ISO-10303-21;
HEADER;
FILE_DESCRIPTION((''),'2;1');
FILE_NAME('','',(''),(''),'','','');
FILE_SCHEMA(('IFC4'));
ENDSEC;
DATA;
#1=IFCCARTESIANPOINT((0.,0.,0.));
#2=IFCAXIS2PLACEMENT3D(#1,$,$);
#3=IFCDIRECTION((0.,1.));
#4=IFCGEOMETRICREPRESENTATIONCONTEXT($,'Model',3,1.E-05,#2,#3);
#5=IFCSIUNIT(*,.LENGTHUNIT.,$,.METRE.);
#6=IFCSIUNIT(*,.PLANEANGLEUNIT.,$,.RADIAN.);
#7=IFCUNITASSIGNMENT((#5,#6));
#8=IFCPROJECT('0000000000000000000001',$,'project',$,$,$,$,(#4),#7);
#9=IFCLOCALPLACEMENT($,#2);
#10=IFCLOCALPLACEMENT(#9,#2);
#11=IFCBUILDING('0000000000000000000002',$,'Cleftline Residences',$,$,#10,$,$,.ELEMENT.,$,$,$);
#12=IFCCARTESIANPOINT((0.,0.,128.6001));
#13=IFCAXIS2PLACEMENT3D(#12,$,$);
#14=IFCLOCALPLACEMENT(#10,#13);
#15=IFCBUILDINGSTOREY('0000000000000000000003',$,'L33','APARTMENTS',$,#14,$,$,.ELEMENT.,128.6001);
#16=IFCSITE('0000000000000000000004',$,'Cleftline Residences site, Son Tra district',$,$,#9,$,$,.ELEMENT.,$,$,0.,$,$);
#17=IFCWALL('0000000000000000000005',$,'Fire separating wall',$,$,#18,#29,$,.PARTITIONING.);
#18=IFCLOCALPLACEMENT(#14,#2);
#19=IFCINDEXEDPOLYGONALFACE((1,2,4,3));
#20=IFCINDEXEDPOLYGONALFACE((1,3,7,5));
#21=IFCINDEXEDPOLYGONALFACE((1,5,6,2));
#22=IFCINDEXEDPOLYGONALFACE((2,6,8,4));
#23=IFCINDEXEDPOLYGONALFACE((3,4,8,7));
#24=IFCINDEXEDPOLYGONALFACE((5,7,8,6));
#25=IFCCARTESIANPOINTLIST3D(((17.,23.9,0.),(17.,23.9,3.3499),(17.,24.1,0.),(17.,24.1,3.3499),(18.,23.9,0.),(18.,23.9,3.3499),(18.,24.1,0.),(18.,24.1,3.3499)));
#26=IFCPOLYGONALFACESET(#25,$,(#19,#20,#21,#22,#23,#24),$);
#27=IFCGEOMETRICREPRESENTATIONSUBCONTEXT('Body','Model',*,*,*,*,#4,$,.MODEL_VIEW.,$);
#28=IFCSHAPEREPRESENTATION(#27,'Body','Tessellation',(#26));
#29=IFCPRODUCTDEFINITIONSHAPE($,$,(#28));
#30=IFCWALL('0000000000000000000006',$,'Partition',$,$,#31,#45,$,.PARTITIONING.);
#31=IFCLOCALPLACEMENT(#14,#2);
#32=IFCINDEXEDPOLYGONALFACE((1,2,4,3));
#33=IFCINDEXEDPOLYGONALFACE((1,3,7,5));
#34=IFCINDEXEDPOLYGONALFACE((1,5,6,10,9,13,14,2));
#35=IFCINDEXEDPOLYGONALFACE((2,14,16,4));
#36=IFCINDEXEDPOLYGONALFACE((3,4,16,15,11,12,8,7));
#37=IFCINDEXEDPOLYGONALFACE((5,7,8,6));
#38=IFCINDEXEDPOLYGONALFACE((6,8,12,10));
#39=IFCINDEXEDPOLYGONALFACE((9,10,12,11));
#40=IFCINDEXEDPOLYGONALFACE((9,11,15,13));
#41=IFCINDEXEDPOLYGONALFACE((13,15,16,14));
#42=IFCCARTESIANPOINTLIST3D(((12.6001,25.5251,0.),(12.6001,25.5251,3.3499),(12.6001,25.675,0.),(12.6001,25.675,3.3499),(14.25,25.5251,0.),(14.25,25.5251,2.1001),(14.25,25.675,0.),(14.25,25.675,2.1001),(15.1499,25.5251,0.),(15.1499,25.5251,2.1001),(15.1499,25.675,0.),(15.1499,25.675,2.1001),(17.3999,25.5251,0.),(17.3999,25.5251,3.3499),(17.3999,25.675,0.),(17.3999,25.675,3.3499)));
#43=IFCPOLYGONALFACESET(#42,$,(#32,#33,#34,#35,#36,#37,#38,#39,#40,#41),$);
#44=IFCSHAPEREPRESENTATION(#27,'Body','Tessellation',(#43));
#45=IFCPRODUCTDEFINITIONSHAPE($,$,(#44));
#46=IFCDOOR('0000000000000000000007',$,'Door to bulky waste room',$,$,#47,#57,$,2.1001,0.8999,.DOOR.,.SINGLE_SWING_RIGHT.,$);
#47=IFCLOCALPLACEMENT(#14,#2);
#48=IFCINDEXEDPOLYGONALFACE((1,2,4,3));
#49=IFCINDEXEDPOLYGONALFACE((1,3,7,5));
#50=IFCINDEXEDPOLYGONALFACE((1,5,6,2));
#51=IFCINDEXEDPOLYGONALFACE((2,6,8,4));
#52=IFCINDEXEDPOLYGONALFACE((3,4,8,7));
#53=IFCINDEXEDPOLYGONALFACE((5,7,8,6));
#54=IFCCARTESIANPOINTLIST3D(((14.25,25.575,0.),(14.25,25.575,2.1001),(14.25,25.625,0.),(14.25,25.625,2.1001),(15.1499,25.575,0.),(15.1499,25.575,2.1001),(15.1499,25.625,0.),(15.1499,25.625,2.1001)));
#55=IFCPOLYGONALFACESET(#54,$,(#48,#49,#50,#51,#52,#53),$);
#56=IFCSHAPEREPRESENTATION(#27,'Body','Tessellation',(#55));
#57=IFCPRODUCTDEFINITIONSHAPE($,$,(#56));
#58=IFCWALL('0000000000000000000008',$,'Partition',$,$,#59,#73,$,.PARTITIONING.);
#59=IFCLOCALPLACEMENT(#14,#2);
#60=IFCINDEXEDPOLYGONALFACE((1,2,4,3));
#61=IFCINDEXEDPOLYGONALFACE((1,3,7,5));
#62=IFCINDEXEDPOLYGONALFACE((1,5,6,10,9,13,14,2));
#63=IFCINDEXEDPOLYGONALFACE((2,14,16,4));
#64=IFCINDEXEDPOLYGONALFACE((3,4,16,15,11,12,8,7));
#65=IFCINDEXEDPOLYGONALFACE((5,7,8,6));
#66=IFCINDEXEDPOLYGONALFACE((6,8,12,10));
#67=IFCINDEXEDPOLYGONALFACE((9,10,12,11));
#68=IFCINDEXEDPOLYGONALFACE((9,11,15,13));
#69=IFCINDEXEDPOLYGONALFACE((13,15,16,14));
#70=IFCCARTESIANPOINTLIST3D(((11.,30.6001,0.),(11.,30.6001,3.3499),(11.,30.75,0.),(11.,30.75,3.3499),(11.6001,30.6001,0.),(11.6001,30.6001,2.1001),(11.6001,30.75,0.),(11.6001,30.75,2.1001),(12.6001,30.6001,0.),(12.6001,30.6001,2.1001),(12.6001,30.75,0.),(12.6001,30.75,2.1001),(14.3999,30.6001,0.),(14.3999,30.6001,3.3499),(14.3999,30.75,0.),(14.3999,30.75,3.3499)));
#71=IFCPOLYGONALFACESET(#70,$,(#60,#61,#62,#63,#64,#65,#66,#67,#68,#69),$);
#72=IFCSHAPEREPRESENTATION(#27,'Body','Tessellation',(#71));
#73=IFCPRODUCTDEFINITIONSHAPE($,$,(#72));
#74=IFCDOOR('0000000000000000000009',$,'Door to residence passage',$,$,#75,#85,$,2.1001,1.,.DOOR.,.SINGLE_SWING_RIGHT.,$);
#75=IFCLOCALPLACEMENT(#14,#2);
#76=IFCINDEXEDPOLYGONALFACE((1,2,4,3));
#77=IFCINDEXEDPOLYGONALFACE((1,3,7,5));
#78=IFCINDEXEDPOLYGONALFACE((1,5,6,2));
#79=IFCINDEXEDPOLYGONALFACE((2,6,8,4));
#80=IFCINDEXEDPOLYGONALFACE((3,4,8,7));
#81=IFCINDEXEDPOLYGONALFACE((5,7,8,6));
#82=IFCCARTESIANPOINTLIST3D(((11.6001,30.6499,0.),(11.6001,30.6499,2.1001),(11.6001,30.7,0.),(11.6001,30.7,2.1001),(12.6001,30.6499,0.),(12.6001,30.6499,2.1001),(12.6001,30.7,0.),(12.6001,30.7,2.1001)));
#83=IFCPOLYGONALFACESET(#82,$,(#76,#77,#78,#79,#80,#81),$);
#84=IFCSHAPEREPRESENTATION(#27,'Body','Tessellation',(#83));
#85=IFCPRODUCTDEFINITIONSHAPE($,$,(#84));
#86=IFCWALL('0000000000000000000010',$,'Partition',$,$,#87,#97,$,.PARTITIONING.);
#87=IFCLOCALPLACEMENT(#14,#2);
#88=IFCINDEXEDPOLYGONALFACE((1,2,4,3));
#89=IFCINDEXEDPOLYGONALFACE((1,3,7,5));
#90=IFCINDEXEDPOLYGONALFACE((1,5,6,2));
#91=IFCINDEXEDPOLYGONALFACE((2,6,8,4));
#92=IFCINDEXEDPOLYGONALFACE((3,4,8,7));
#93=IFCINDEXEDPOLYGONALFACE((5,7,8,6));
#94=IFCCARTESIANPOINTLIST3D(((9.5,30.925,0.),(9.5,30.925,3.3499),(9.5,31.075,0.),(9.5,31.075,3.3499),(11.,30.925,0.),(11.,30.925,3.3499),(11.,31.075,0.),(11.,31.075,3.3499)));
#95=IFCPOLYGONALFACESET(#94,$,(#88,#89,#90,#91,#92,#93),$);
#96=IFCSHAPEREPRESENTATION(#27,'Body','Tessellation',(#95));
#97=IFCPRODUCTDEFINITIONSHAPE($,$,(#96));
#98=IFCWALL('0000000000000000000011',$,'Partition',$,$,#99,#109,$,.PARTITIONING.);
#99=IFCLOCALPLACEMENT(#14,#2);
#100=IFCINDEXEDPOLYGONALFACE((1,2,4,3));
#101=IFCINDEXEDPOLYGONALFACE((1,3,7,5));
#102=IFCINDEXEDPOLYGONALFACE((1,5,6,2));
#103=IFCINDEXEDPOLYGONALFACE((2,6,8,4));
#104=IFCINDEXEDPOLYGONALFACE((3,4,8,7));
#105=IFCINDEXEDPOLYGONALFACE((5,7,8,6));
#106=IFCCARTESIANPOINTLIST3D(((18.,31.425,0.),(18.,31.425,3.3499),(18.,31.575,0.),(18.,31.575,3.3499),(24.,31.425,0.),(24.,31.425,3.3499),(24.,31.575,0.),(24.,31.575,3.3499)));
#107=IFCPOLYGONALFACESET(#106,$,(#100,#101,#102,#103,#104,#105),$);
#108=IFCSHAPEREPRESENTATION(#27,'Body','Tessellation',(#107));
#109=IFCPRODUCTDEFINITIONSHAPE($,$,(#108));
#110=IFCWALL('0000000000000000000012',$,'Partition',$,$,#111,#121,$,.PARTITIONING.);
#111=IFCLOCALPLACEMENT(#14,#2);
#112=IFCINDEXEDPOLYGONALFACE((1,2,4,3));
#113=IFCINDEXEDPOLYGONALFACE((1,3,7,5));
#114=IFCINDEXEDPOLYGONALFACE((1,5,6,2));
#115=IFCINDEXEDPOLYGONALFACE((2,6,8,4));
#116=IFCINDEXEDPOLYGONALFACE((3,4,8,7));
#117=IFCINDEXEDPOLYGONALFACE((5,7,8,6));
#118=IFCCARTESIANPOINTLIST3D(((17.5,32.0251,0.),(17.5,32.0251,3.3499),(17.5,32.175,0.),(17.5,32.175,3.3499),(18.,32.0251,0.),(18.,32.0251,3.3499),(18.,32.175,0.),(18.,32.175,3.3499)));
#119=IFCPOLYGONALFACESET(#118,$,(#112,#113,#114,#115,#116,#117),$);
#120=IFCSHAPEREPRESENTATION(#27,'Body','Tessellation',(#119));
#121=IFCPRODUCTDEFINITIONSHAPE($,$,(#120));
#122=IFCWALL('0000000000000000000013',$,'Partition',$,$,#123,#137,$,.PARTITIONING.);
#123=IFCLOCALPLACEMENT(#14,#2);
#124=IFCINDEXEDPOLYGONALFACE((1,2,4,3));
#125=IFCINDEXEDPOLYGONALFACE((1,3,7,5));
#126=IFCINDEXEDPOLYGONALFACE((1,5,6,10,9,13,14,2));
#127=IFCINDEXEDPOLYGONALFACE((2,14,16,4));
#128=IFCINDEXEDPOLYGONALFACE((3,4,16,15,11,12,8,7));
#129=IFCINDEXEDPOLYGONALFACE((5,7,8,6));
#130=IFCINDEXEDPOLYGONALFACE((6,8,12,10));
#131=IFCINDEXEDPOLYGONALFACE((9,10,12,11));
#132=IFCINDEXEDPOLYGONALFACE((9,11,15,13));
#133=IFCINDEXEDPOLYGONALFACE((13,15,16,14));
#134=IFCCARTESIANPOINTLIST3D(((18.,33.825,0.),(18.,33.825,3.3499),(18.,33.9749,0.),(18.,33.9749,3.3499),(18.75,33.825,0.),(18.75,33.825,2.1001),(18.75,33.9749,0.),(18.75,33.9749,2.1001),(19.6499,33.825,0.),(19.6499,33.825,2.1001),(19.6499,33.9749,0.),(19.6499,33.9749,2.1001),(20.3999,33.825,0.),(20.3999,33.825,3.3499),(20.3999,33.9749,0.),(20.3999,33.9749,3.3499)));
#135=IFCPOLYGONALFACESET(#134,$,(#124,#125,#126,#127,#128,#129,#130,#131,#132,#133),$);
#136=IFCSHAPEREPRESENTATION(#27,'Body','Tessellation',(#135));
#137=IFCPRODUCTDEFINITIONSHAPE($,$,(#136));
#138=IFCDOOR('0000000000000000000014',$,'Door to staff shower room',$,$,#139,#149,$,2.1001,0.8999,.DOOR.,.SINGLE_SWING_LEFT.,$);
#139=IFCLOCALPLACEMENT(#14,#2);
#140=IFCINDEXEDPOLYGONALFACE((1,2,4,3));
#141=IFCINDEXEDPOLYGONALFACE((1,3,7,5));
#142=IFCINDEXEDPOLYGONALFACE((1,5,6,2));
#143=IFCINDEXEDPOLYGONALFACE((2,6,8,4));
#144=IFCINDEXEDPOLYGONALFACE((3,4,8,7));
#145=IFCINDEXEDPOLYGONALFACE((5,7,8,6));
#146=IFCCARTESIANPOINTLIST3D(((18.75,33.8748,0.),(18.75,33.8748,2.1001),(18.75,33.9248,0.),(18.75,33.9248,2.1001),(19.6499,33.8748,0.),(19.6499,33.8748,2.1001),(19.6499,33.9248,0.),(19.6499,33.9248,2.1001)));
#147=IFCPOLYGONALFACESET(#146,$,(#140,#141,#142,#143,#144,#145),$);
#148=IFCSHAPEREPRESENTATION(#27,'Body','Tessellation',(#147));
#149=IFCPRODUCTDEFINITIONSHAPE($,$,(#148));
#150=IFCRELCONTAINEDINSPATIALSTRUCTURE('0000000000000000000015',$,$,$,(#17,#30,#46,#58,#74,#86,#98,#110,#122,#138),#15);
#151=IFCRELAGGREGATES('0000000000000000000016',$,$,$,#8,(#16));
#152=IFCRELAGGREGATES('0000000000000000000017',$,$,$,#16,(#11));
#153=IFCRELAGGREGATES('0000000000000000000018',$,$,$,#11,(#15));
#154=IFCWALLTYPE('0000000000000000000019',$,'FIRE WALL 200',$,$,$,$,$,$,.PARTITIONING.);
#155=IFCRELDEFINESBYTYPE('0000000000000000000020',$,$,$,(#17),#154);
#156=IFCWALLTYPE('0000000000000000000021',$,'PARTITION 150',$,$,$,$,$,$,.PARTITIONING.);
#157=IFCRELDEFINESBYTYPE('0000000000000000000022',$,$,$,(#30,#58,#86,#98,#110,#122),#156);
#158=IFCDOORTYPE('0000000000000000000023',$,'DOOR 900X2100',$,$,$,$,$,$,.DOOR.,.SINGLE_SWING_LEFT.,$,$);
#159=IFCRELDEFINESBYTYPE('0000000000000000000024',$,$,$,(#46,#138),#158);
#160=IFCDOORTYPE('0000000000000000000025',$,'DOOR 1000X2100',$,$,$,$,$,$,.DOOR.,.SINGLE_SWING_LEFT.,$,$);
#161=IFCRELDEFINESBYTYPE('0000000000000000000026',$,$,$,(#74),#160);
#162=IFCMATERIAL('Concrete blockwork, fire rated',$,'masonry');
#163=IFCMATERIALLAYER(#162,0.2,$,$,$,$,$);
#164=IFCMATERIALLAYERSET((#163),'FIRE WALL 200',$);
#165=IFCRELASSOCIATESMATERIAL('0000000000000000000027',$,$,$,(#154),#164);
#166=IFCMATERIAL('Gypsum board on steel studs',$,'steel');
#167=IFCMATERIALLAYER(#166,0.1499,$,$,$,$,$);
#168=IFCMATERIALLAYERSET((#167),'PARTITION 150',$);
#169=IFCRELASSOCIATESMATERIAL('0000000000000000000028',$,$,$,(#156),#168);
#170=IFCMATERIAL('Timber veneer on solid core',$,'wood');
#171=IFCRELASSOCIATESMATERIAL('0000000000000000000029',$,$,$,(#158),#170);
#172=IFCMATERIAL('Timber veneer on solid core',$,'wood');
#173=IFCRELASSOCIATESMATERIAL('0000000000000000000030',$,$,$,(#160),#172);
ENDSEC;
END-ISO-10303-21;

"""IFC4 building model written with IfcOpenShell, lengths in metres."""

from ifc_helpers import new_model, si_unit, direction, frame, frame_2d, origin, place, context, subcontext, project, spatial, rectangle, extrude, material, layer, layer_set, type_object, element, fill, save


model = new_model("IFC4")

# Units and contexts
model_context = context("Model", 3, precision=1e-05, world=origin(), true_north=direction((0.0, 1.0)))
body_context = subcontext(model_context, "Body", "Model", "MODEL_VIEW")
ifc_project = project(units=[si_unit("LENGTHUNIT", "METRE"), si_unit("PLANEANGLEUNIT", "RADIAN")], contexts=[model_context])

# Site, building, storey
site_placement = place(None, origin())
site = spatial("IfcSite", under=ifc_project, at=site_placement, Name="Cleftline Residences site, Son Tra district", CompositionType="ELEMENT", RefElevation=0.0)
building_placement = place(site_placement, origin())
building = spatial("IfcBuilding", under=site, at=building_placement, Name="Cleftline Residences", CompositionType="ELEMENT")
storey_placement = place(building_placement, frame((0.0, 0.0, 128.6001)))
storey = spatial("IfcBuildingStorey", under=building, at=storey_placement, Name="L33", Description="APARTMENTS", CompositionType="ELEMENT", Elevation=128.6001)

# Wall
ifc_material_1 = material(Name="Concrete blockwork, fire rated", Category="masonry")
ifc_layer_1 = layer(ifc_material_1, 0.2)
ifc_layer_set_1 = layer_set([ifc_layer_1], Name="FIRE WALL 200")
wall_type_1 = type_object("IfcWallType", Name="FIRE WALL 200", PredefinedType="PARTITIONING", material=ifc_layer_set_1)
wall_1_placement = place(storey_placement, frame((17.0, 24.0, 0.0), z_axis=(0.0, 0.0, 1.0), x_axis=(1.0, 0.0, 0.0)))
element("IfcWall", 1, at=wall_1_placement, inside=storey, type_object=wall_type_1, Name="Fire separating wall", PredefinedType="PARTITIONING", context=body_context, shape_type="SweptSolid", body=[
    extrude(rectangle(XDim=1.0, YDim=0.2, at=frame_2d((0.5, 0.0))), origin(), (0.0, 0.0, 1.0), 3.3499),
])

# Walls, openings, doors
ifc_material_2 = material(Name="Gypsum board on steel studs", Category="steel")
ifc_layer_2 = layer(ifc_material_2, 0.1499)
ifc_layer_set_2 = layer_set([ifc_layer_2], Name="PARTITION 150")
wall_type_2 = type_object("IfcWallType", Name="PARTITION 150", PredefinedType="PARTITIONING", material=ifc_layer_set_2)
wall_2_placement = place(storey_placement, frame((12.6001, 25.6001, 0.0), z_axis=(0.0, 0.0, 1.0), x_axis=(1.0, 0.0, 0.0)))
wall_2 = element("IfcWall", 2, at=wall_2_placement, inside=storey, type_object=wall_type_2, Name="Partition", PredefinedType="PARTITIONING", context=body_context, shape_type="SweptSolid", body=[
    extrude(rectangle(XDim=4.7998, YDim=0.1499, at=frame_2d((2.3999, 0.0))), origin(), (0.0, 0.0, 1.0), 3.3499),
])
opening_1_placement = place(wall_2_placement, frame((1.6499, 0.0, 0.0)))
opening_1 = element("IfcOpeningElement", 3, at=opening_1_placement, cuts=wall_2, PredefinedType="OPENING", context=body_context, shape_type="SweptSolid", body=[
    extrude(rectangle(XDim=0.8999, YDim=2.1001, at=frame_2d((0.45, 1.05))), frame((0.0, 0.085, 0.0), z_axis=(0.0, -1.0, 0.0), x_axis=(1.0, 0.0, 0.0)), (0.0, 0.0, 1.0), 0.1699),
])
ifc_material_3 = material(Name="Timber veneer on solid core", Category="wood")
door_type_1 = type_object("IfcDoorType", Name="DOOR 900X2100", OperationType="SINGLE_SWING_LEFT", PredefinedType="DOOR", material=ifc_material_3)
door_1_placement = place(opening_1_placement, origin())
door_1 = element("IfcDoor", 4, at=door_1_placement, inside=storey, type_object=door_type_1, Name="Door to bulky waste room", OperationType="SINGLE_SWING_RIGHT", OverallHeight=2.1001, OverallWidth=0.8999, PredefinedType="DOOR", context=body_context, shape_type="SweptSolid", body=[
    extrude(rectangle(XDim=0.8999, YDim=2.1001, at=frame_2d((0.45, 1.05))), frame((0.0, 0.0249, 0.0), z_axis=(0.0, -1.0, 0.0), x_axis=(1.0, 0.0, 0.0)), (0.0, 0.0, 1.0), 0.05),
])
fill(opening_1, door_1)
wall_3_placement = place(storey_placement, frame((11.0, 30.675, 0.0), z_axis=(0.0, 0.0, 1.0), x_axis=(1.0, 0.0, 0.0)))
wall_3 = element("IfcWall", 5, at=wall_3_placement, inside=storey, type_object=wall_type_2, Name="Partition", PredefinedType="PARTITIONING", context=body_context, shape_type="SweptSolid", body=[
    extrude(rectangle(XDim=3.3999, YDim=0.1499, at=frame_2d((1.7, 0.0))), origin(), (0.0, 0.0, 1.0), 3.3499),
])
opening_2_placement = place(wall_3_placement, frame((0.6001, 0.0, 0.0)))
opening_2 = element("IfcOpeningElement", 6, at=opening_2_placement, cuts=wall_3, PredefinedType="OPENING", context=body_context, shape_type="SweptSolid", body=[
    extrude(rectangle(XDim=1.0, YDim=2.1001, at=frame_2d((0.5, 1.05))), frame((0.0, 0.085, 0.0), z_axis=(0.0, -1.0, 0.0), x_axis=(1.0, 0.0, 0.0)), (0.0, 0.0, 1.0), 0.1699),
])
ifc_material_4 = material(Name="Timber veneer on solid core", Category="wood")
door_type_2 = type_object("IfcDoorType", Name="DOOR 1000X2100", OperationType="SINGLE_SWING_LEFT", PredefinedType="DOOR", material=ifc_material_4)
door_2_placement = place(opening_2_placement, origin())
door_2 = element("IfcDoor", 7, at=door_2_placement, inside=storey, type_object=door_type_2, Name="Door to residence passage", OperationType="SINGLE_SWING_RIGHT", OverallHeight=2.1001, OverallWidth=1.0, PredefinedType="DOOR", context=body_context, shape_type="SweptSolid", body=[
    extrude(rectangle(XDim=1.0, YDim=2.1001, at=frame_2d((0.5, 1.05))), frame((0.0, 0.0249, 0.0), z_axis=(0.0, -1.0, 0.0), x_axis=(1.0, 0.0, 0.0)), (0.0, 0.0, 1.0), 0.05),
])
fill(opening_2, door_2)

# Walls
wall_4_placement = place(storey_placement, frame((9.5, 31.0, 0.0), z_axis=(0.0, 0.0, 1.0), x_axis=(1.0, 0.0, 0.0)))
element("IfcWall", 8, at=wall_4_placement, inside=storey, type_object=wall_type_2, Name="Partition", PredefinedType="PARTITIONING", context=body_context, shape_type="SweptSolid", body=[
    extrude(rectangle(XDim=1.5, YDim=0.1499, at=frame_2d((0.75, 0.0))), origin(), (0.0, 0.0, 1.0), 3.3499),
])
wall_5_placement = place(storey_placement, frame((18.0, 31.5, 0.0), z_axis=(0.0, 0.0, 1.0), x_axis=(1.0, 0.0, 0.0)))
element("IfcWall", 9, at=wall_5_placement, inside=storey, type_object=wall_type_2, Name="Partition", PredefinedType="PARTITIONING", context=body_context, shape_type="SweptSolid", body=[
    extrude(rectangle(XDim=6.0, YDim=0.1499, at=frame_2d((3.0, 0.0))), origin(), (0.0, 0.0, 1.0), 3.3499),
])
wall_6_placement = place(storey_placement, frame((17.5, 32.1001, 0.0), z_axis=(0.0, 0.0, 1.0), x_axis=(1.0, 0.0, 0.0)))
element("IfcWall", 10, at=wall_6_placement, inside=storey, type_object=wall_type_2, Name="Partition", PredefinedType="PARTITIONING", context=body_context, shape_type="SweptSolid", body=[
    extrude(rectangle(XDim=0.5, YDim=0.1499, at=frame_2d((0.25, 0.0))), origin(), (0.0, 0.0, 1.0), 3.3499),
])

# Wall, opening, door
wall_7_placement = place(storey_placement, frame((18.0, 33.8999, 0.0), z_axis=(0.0, 0.0, 1.0), x_axis=(1.0, 0.0, 0.0)))
wall_7 = element("IfcWall", 11, at=wall_7_placement, inside=storey, type_object=wall_type_2, Name="Partition", PredefinedType="PARTITIONING", context=body_context, shape_type="SweptSolid", body=[
    extrude(rectangle(XDim=2.3999, YDim=0.1499, at=frame_2d((1.2, 0.0))), origin(), (0.0, 0.0, 1.0), 3.3499),
])
opening_3_placement = place(wall_7_placement, frame((0.75, 0.0, 0.0)))
opening_3 = element("IfcOpeningElement", 12, at=opening_3_placement, cuts=wall_7, PredefinedType="OPENING", context=body_context, shape_type="SweptSolid", body=[
    extrude(rectangle(XDim=0.8999, YDim=2.1001, at=frame_2d((0.45, 1.05))), frame((0.0, 0.085, 0.0), z_axis=(0.0, -1.0, 0.0), x_axis=(1.0, 0.0, 0.0)), (0.0, 0.0, 1.0), 0.1699),
])
door_3_placement = place(opening_3_placement, origin())
door_3 = element("IfcDoor", 13, at=door_3_placement, inside=storey, type_object=door_type_1, Name="Door to staff shower room", OperationType="SINGLE_SWING_LEFT", OverallHeight=2.1001, OverallWidth=0.8999, PredefinedType="DOOR", context=body_context, shape_type="SweptSolid", body=[
    extrude(rectangle(XDim=0.8999, YDim=2.1001, at=frame_2d((0.45, 1.05))), frame((0.0, 0.0249, 0.0), z_axis=(0.0, -1.0, 0.0), x_axis=(1.0, 0.0, 0.0)), (0.0, 0.0, 1.0), 0.05),
])
fill(opening_3, door_3)

save(model, "model.ifc")
